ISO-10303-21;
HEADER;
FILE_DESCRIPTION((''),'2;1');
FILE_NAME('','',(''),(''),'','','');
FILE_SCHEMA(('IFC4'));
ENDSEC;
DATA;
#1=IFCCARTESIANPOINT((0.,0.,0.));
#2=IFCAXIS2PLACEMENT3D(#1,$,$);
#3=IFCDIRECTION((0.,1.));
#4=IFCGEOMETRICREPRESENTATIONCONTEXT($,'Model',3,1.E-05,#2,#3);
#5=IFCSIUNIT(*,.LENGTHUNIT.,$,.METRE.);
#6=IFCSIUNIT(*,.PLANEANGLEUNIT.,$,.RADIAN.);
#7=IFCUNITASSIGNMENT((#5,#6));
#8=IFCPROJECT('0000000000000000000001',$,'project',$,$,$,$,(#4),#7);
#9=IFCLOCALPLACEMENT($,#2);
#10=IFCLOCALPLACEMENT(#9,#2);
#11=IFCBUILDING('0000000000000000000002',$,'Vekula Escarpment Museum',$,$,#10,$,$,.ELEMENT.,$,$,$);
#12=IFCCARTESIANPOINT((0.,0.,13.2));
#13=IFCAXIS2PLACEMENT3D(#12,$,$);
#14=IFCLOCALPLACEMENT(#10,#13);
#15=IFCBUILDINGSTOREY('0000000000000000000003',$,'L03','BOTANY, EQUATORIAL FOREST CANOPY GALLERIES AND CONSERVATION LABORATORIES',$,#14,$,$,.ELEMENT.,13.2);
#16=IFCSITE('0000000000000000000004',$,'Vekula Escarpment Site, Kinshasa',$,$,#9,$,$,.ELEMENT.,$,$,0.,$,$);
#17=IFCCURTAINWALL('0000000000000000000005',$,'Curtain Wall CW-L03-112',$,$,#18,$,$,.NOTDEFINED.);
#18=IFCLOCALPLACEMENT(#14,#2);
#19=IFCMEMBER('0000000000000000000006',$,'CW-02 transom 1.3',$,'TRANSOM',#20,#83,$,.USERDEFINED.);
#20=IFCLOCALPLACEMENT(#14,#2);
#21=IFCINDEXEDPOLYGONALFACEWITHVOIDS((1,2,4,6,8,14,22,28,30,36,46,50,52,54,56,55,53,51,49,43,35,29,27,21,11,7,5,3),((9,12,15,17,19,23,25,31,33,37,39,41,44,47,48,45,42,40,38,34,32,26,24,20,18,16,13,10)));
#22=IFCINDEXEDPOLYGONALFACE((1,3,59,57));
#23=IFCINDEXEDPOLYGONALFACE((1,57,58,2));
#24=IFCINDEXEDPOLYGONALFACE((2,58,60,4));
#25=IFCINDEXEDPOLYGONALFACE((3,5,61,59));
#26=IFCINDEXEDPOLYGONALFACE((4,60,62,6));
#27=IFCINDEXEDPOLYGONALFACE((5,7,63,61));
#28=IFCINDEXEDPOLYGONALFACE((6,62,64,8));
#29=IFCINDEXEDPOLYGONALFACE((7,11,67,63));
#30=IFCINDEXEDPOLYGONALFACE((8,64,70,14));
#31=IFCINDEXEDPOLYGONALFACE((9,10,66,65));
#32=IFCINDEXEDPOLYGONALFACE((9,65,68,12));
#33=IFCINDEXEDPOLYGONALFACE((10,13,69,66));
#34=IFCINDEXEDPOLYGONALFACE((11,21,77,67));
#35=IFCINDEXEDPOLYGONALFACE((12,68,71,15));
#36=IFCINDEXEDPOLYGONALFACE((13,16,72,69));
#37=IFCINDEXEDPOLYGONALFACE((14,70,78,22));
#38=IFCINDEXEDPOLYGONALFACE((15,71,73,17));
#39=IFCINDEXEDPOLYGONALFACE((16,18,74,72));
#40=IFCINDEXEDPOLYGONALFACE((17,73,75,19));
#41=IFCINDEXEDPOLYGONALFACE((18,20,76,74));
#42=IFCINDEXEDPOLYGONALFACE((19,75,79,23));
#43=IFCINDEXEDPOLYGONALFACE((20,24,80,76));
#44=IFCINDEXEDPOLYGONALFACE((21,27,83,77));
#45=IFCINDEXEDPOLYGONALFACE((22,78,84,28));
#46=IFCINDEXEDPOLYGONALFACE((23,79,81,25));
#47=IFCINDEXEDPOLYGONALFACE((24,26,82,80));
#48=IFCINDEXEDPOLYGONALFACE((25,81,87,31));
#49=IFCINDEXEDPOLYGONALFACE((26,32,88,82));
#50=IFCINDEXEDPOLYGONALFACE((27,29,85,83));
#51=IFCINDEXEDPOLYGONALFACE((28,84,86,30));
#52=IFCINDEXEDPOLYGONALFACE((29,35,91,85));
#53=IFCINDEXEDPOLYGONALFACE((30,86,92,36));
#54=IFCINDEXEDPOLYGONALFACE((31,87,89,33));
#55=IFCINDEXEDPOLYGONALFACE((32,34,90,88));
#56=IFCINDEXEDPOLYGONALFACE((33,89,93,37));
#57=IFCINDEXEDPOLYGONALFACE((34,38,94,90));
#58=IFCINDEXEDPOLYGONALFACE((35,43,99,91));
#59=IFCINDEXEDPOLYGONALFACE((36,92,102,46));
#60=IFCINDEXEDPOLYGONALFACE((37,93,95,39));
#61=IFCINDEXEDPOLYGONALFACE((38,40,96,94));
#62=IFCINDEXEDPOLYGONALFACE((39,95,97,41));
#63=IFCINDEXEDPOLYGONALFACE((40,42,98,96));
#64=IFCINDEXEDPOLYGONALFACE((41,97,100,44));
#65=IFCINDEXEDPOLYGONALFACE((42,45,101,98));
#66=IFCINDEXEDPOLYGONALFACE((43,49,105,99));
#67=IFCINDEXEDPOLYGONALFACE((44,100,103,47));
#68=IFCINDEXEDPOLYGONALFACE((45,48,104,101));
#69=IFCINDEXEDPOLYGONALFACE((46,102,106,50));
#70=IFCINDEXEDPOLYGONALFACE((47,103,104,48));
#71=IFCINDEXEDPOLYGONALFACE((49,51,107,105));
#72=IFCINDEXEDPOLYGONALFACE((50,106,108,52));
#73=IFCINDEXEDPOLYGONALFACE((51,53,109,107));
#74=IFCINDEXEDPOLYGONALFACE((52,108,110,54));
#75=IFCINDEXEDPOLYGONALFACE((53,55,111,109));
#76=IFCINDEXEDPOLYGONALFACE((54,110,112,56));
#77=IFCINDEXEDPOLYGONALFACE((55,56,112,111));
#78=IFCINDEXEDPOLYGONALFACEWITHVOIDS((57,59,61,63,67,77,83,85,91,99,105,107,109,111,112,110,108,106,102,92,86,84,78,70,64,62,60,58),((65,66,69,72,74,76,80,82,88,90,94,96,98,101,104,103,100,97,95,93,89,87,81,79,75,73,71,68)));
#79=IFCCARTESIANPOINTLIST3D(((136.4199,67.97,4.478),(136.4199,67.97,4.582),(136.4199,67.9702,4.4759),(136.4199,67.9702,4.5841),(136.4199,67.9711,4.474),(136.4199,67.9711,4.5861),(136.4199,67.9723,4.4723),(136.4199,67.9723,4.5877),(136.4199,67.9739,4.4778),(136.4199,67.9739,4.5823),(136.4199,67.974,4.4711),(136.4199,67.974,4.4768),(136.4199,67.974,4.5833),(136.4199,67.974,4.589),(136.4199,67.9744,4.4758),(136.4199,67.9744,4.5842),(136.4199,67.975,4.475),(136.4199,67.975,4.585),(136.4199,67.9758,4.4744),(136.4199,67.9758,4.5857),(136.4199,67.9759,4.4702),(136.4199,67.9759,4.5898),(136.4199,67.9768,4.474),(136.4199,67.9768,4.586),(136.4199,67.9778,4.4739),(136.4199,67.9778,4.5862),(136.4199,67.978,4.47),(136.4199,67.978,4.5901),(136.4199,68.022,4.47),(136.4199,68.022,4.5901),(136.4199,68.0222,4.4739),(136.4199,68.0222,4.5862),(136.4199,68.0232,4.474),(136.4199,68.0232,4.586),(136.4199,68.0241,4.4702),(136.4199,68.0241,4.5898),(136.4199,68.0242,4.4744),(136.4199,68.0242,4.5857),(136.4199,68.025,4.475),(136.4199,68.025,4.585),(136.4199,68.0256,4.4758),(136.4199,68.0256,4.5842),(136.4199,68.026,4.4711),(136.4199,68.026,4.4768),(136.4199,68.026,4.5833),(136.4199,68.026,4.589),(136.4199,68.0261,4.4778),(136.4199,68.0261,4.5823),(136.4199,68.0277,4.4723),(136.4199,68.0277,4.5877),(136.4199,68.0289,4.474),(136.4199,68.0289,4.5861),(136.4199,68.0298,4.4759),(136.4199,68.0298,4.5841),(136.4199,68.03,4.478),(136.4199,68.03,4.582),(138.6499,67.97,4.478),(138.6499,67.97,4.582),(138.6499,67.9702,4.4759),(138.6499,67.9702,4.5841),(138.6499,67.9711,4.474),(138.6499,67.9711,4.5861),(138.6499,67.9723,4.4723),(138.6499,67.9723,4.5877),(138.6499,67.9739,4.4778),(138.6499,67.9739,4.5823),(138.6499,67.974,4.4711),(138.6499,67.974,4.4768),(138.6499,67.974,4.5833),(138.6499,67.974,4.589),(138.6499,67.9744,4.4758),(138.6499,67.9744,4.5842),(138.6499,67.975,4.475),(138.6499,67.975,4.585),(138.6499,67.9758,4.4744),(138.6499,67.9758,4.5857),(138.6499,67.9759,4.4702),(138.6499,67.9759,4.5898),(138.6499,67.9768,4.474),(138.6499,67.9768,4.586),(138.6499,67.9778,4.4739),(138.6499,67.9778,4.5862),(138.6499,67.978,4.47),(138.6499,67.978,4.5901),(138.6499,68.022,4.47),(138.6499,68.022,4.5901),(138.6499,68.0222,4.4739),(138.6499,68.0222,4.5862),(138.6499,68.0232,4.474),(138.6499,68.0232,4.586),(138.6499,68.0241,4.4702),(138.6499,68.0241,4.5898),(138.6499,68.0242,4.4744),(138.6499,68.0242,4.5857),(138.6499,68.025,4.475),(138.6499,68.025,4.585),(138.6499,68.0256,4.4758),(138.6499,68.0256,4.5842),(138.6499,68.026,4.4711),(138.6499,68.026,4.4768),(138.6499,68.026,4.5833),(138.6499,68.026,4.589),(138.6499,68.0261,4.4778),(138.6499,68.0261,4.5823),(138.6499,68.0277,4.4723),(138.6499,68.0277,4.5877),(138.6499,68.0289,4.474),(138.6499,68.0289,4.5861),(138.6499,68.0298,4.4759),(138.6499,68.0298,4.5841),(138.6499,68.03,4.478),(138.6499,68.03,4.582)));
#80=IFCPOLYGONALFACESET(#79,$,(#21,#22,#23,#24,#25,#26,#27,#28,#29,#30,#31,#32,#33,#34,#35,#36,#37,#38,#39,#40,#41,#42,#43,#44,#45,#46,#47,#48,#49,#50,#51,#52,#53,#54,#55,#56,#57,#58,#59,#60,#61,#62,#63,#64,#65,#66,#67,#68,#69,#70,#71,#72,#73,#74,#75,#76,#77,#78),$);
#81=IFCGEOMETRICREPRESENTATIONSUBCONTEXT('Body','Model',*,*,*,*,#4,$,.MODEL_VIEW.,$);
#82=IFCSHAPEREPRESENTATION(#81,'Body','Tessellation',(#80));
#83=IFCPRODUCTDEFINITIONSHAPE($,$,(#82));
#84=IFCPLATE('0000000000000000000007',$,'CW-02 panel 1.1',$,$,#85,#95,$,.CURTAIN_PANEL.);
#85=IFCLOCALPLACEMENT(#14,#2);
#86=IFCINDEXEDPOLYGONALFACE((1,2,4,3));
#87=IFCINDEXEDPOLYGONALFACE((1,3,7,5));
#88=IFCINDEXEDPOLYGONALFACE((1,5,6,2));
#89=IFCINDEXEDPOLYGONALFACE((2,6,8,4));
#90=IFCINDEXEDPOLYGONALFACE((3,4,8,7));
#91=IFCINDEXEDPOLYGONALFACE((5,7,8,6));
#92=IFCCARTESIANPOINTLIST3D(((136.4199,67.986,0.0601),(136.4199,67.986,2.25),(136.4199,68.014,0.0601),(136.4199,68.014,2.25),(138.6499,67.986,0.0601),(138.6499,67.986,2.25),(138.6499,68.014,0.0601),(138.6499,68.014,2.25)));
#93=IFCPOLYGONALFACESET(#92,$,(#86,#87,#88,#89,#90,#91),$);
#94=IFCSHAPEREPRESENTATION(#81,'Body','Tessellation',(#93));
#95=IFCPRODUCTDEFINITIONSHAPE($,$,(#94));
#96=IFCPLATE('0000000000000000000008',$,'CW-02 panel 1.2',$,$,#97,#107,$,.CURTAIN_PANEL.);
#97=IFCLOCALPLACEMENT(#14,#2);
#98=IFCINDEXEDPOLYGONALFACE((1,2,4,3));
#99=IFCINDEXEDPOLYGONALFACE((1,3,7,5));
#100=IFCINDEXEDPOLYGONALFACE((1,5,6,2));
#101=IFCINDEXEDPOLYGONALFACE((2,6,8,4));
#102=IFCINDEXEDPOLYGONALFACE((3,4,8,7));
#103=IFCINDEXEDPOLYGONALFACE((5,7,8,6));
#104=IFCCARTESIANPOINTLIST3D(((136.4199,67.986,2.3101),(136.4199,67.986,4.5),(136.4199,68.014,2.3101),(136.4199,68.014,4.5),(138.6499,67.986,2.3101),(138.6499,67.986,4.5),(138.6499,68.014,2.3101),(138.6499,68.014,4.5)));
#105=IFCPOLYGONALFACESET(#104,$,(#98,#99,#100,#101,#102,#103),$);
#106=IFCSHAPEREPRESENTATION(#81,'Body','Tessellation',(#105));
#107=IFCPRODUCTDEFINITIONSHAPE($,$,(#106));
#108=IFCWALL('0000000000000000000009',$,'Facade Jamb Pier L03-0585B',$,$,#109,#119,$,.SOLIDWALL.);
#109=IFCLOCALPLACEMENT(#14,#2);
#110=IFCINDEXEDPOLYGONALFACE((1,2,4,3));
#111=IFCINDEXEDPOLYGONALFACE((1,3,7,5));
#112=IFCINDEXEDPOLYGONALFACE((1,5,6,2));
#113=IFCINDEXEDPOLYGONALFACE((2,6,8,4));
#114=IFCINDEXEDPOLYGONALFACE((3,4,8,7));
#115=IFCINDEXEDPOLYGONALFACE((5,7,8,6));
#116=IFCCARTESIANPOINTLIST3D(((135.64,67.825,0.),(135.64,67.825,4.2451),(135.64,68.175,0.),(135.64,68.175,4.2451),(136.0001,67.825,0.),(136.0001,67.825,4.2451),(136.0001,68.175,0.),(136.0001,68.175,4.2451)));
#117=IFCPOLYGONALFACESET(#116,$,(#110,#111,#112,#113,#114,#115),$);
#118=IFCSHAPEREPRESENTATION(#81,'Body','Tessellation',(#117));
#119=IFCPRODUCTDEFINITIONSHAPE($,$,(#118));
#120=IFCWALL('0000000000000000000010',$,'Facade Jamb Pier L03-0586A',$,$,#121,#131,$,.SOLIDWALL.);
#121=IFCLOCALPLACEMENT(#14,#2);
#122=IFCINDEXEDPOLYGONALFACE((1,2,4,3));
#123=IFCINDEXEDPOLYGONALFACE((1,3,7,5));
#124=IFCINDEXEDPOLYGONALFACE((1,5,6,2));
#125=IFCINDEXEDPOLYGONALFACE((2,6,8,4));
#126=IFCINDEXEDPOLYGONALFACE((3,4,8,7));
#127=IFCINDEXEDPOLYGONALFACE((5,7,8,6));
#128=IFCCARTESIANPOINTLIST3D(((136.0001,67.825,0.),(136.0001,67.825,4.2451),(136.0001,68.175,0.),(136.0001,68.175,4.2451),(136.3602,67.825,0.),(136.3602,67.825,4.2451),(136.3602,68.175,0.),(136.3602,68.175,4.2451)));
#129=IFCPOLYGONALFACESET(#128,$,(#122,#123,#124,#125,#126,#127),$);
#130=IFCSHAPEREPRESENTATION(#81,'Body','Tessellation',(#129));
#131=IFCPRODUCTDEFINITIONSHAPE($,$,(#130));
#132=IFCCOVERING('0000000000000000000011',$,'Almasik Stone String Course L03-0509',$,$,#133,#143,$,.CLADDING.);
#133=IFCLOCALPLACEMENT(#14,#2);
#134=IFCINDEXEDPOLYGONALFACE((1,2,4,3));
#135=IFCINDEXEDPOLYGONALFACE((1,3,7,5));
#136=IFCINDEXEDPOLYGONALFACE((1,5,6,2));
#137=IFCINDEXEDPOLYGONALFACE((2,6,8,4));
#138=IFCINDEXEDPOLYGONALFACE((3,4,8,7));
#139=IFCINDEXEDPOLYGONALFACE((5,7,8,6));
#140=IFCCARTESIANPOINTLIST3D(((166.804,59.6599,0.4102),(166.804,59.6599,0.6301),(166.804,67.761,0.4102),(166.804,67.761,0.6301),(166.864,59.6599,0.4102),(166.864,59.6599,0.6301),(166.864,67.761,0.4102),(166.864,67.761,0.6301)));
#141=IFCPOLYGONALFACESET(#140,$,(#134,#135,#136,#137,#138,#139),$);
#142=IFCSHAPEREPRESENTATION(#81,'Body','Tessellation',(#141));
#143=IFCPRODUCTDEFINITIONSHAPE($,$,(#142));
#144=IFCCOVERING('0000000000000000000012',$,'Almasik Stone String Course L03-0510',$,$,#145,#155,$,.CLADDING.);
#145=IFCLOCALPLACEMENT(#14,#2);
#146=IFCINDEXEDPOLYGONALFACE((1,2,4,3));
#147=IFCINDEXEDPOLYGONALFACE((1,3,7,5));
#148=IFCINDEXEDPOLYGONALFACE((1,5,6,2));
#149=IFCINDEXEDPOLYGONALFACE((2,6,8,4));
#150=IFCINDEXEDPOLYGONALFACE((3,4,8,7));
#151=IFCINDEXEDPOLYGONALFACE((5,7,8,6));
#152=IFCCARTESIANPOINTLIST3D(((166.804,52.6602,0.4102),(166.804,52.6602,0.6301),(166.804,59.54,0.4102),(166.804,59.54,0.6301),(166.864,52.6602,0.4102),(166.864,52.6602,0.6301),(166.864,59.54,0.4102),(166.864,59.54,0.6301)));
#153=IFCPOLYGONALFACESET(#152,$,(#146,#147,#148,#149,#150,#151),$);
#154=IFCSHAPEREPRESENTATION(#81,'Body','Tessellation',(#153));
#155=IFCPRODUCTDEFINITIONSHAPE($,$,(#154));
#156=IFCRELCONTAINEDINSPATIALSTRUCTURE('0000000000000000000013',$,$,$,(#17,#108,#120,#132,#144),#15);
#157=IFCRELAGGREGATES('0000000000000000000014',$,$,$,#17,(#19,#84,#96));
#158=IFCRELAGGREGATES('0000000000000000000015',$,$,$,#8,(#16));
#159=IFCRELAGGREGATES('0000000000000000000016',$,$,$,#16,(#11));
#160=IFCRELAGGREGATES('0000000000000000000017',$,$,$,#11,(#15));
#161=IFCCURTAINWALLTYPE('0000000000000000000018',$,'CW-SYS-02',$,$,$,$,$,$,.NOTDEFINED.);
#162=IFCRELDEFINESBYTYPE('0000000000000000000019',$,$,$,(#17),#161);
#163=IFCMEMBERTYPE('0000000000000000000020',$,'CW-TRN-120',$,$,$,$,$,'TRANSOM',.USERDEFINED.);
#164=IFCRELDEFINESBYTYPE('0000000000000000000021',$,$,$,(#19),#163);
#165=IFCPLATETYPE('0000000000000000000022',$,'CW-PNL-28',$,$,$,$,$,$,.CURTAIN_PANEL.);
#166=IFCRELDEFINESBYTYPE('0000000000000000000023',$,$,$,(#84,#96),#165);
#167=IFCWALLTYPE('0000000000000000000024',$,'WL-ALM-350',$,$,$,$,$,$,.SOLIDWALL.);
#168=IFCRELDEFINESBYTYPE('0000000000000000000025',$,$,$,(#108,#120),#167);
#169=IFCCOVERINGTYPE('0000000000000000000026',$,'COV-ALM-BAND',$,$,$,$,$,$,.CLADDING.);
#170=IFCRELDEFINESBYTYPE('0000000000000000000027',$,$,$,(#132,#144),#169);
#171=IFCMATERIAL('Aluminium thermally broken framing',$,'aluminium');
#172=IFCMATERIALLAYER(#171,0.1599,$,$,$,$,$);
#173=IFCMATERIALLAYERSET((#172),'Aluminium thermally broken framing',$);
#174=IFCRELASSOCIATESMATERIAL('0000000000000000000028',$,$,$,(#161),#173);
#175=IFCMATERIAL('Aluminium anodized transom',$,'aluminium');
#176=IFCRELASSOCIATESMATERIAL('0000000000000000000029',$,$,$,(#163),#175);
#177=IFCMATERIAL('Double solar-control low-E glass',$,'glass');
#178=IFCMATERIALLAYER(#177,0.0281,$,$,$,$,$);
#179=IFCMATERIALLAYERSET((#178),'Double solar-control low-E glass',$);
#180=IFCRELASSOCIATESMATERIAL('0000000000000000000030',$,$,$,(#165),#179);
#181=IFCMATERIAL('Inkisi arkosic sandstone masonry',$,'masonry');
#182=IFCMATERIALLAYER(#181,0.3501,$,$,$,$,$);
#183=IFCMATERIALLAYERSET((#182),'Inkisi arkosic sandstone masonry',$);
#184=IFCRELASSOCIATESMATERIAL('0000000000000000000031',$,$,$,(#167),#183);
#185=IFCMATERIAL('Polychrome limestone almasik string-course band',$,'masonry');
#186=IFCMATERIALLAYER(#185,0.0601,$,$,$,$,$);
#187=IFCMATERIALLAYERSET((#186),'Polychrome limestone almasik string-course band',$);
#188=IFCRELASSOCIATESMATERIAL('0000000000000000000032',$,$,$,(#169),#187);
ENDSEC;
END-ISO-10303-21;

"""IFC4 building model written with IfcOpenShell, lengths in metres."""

from ifc_helpers import new_model, si_unit, direction, frame, frame_2d, origin, origin_2d, place, context, subcontext, project, spatial, rectangle, hollow_rectangle, extrude, material, layer, layer_set, material_profile, profile_set, type_object, element, aggregate, save


model = new_model("IFC4")

# Units and contexts
model_context = context("Model", 3, precision=1e-05, world=origin(), true_north=direction((0.0, 1.0)))
body_context = subcontext(model_context, "Body", "Model", "MODEL_VIEW")
ifc_project = project(units=[si_unit("LENGTHUNIT", "METRE"), si_unit("PLANEANGLEUNIT", "RADIAN")], contexts=[model_context])

# Site, building, storey
site_placement = place(None, origin())
site = spatial("IfcSite", under=ifc_project, at=site_placement, Name="Vekula Escarpment Site, Kinshasa", CompositionType="ELEMENT", RefElevation=0.0)
building_placement = place(site_placement, origin())
building = spatial("IfcBuilding", under=site, at=building_placement, Name="Vekula Escarpment Museum", CompositionType="ELEMENT")
storey_placement = place(building_placement, frame((0.0, 0.0, 13.2)))
storey = spatial("IfcBuildingStorey", under=building, at=storey_placement, Name="L03", Description="BOTANY, EQUATORIAL FOREST CANOPY GALLERIES AND CONSERVATION LABORATORIES", CompositionType="ELEMENT", Elevation=13.2)

# Curtain wall, member, plates
ifc_material_1 = material(Name="Aluminium thermally broken framing", Category="aluminium")
ifc_layer_1 = layer(ifc_material_1, 0.1599)
ifc_layer_set_1 = layer_set([ifc_layer_1], Name="Aluminium thermally broken framing")
curtain_wall_type = type_object("IfcCurtainWallType", Name="CW-SYS-02", PredefinedType="NOTDEFINED", material=ifc_layer_set_1)
curtain_wall_placement = place(storey_placement, origin())
curtain_wall = element("IfcCurtainWall", 1, at=curtain_wall_placement, inside=storey, type_object=curtain_wall_type, Name="Curtain Wall CW-L03-112", PredefinedType="NOTDEFINED")
ifc_material_2 = material(Name="Aluminium anodized transom", Category="aluminium")
ifc_material_profile_1 = material_profile(ifc_material_2, hollow_rectangle(XDim=0.0601, YDim=0.1201, WallThickness=0.0039, InnerFilletRadius=0.0039, OuterFilletRadius=0.0081, at=origin_2d()), Name="ALU 120x60x4")
ifc_profile_set_1 = profile_set([ifc_material_profile_1], Name="Aluminium anodized transom")
member_type_1 = type_object("IfcMemberType", Name="CW-TRN-120", ElementType="TRANSOM", PredefinedType="USERDEFINED", material=ifc_profile_set_1)
member_1_placement = place(storey_placement, frame((136.4199, 68.0, 4.53), z_axis=(1.0, 0.0, 0.0), x_axis=(0.0, 1.0, 0.0)))
member_1 = element("IfcMember", 2, at=member_1_placement, type_object=member_type_1, Name="CW-02 transom 1.3", ObjectType="TRANSOM", PredefinedType="USERDEFINED", context=body_context, shape_type="SweptSolid", body=[
    extrude(hollow_rectangle(XDim=0.0601, YDim=0.1201, WallThickness=0.0039, InnerFilletRadius=0.0039, OuterFilletRadius=0.0081, at=origin_2d()), origin(), (0.0, 0.0, 1.0), 2.23),
])
ifc_material_3 = material(Name="Double solar-control low-E glass", Category="glass")
ifc_layer_2 = layer(ifc_material_3, 0.0281)
ifc_layer_set_2 = layer_set([ifc_layer_2], Name="Double solar-control low-E glass")
plate_type = type_object("IfcPlateType", Name="CW-PNL-28", PredefinedType="CURTAIN_PANEL", material=ifc_layer_set_2)
plate_1_placement = place(storey_placement, frame((137.5349, 68.0, 0.0601), z_axis=(0.0, 0.0, 1.0), x_axis=(1.0, 0.0, 0.0)))
plate_1 = element("IfcPlate", 3, at=plate_1_placement, type_object=plate_type, Name="CW-02 panel 1.1", PredefinedType="CURTAIN_PANEL", context=body_context, shape_type="SweptSolid", body=[
    extrude(rectangle(XDim=2.23, YDim=0.0281, at=origin_2d()), origin(), (0.0, 0.0, 1.0), 2.1899),
])
plate_2_placement = place(storey_placement, frame((137.5349, 68.0, 2.3101), z_axis=(0.0, 0.0, 1.0), x_axis=(1.0, 0.0, 0.0)))
plate_2 = element("IfcPlate", 4, at=plate_2_placement, type_object=plate_type, Name="CW-02 panel 1.2", PredefinedType="CURTAIN_PANEL", context=body_context, shape_type="SweptSolid", body=[
    extrude(rectangle(XDim=2.23, YDim=0.0281, at=origin_2d()), origin(), (0.0, 0.0, 1.0), 2.1899),
])
aggregate(curtain_wall, [member_1, plate_1, plate_2])

# Walls
ifc_material_4 = material(Name="Inkisi arkosic sandstone masonry", Category="masonry")
ifc_layer_3 = layer(ifc_material_4, 0.3501)
ifc_layer_set_3 = layer_set([ifc_layer_3], Name="Inkisi arkosic sandstone masonry")
wall_type = type_object("IfcWallType", Name="WL-ALM-350", PredefinedType="SOLIDWALL", material=ifc_layer_set_3)
for number, where, z_axis, x_axis, name in (
    (5, (135.6399, 68.0, 0.0), (0.0, 0.0, 1.0), (1.0, 0.0, 0.0), "Facade Jamb Pier L03-0585B"),
    (6, (136.0, 68.0, 0.0), (0.0, 0.0, 1.0), (1.0, 0.0, 0.0), "Facade Jamb Pier L03-0586A"),
):
    element("IfcWall", number, at=place(storey_placement, frame(where, z_axis=z_axis, x_axis=x_axis)), inside=storey, type_object=wall_type, Name=name, PredefinedType="SOLIDWALL", context=body_context, shape_type="SweptSolid", body=[
        extrude(rectangle(XDim=0.3601, YDim=0.3501, at=frame_2d((0.1802, 0.0))), origin(), (0.0, 0.0, 1.0), 4.2451),
    ])

# Coverings
ifc_material_5 = material(Name="Polychrome limestone almasik string-course band", Category="masonry")
ifc_layer_4 = layer(ifc_material_5, 0.0601)
ifc_layer_set_4 = layer_set([ifc_layer_4], Name="Polychrome limestone almasik string-course band")
covering_type = type_object("IfcCoveringType", Name="COV-ALM-BAND", PredefinedType="CLADDING", material=ifc_layer_set_4)
covering_1_placement = place(storey_placement, frame((166.834, 63.7104, 0.4102), z_axis=(0.0, 0.0, 1.0), x_axis=(0.0, 1.0, 0.0)))
element("IfcCovering", 7, at=covering_1_placement, inside=storey, type_object=covering_type, Name="Almasik Stone String Course L03-0509", PredefinedType="CLADDING", context=body_context, shape_type="SweptSolid", body=[
    extrude(rectangle(XDim=8.1011, YDim=0.0601, at=origin_2d()), origin(), (0.0, 0.0, 1.0), 0.22),
])
covering_2_placement = place(storey_placement, frame((166.834, 56.1001, 0.4102), z_axis=(0.0, 0.0, 1.0), x_axis=(0.0, 1.0, 0.0)))
element("IfcCovering", 8, at=covering_2_placement, inside=storey, type_object=covering_type, Name="Almasik Stone String Course L03-0510", PredefinedType="CLADDING", context=body_context, shape_type="SweptSolid", body=[
    extrude(rectangle(XDim=6.8799, YDim=0.0601, at=origin_2d()), origin(), (0.0, 0.0, 1.0), 0.22),
])

save(model, "model.ifc")
